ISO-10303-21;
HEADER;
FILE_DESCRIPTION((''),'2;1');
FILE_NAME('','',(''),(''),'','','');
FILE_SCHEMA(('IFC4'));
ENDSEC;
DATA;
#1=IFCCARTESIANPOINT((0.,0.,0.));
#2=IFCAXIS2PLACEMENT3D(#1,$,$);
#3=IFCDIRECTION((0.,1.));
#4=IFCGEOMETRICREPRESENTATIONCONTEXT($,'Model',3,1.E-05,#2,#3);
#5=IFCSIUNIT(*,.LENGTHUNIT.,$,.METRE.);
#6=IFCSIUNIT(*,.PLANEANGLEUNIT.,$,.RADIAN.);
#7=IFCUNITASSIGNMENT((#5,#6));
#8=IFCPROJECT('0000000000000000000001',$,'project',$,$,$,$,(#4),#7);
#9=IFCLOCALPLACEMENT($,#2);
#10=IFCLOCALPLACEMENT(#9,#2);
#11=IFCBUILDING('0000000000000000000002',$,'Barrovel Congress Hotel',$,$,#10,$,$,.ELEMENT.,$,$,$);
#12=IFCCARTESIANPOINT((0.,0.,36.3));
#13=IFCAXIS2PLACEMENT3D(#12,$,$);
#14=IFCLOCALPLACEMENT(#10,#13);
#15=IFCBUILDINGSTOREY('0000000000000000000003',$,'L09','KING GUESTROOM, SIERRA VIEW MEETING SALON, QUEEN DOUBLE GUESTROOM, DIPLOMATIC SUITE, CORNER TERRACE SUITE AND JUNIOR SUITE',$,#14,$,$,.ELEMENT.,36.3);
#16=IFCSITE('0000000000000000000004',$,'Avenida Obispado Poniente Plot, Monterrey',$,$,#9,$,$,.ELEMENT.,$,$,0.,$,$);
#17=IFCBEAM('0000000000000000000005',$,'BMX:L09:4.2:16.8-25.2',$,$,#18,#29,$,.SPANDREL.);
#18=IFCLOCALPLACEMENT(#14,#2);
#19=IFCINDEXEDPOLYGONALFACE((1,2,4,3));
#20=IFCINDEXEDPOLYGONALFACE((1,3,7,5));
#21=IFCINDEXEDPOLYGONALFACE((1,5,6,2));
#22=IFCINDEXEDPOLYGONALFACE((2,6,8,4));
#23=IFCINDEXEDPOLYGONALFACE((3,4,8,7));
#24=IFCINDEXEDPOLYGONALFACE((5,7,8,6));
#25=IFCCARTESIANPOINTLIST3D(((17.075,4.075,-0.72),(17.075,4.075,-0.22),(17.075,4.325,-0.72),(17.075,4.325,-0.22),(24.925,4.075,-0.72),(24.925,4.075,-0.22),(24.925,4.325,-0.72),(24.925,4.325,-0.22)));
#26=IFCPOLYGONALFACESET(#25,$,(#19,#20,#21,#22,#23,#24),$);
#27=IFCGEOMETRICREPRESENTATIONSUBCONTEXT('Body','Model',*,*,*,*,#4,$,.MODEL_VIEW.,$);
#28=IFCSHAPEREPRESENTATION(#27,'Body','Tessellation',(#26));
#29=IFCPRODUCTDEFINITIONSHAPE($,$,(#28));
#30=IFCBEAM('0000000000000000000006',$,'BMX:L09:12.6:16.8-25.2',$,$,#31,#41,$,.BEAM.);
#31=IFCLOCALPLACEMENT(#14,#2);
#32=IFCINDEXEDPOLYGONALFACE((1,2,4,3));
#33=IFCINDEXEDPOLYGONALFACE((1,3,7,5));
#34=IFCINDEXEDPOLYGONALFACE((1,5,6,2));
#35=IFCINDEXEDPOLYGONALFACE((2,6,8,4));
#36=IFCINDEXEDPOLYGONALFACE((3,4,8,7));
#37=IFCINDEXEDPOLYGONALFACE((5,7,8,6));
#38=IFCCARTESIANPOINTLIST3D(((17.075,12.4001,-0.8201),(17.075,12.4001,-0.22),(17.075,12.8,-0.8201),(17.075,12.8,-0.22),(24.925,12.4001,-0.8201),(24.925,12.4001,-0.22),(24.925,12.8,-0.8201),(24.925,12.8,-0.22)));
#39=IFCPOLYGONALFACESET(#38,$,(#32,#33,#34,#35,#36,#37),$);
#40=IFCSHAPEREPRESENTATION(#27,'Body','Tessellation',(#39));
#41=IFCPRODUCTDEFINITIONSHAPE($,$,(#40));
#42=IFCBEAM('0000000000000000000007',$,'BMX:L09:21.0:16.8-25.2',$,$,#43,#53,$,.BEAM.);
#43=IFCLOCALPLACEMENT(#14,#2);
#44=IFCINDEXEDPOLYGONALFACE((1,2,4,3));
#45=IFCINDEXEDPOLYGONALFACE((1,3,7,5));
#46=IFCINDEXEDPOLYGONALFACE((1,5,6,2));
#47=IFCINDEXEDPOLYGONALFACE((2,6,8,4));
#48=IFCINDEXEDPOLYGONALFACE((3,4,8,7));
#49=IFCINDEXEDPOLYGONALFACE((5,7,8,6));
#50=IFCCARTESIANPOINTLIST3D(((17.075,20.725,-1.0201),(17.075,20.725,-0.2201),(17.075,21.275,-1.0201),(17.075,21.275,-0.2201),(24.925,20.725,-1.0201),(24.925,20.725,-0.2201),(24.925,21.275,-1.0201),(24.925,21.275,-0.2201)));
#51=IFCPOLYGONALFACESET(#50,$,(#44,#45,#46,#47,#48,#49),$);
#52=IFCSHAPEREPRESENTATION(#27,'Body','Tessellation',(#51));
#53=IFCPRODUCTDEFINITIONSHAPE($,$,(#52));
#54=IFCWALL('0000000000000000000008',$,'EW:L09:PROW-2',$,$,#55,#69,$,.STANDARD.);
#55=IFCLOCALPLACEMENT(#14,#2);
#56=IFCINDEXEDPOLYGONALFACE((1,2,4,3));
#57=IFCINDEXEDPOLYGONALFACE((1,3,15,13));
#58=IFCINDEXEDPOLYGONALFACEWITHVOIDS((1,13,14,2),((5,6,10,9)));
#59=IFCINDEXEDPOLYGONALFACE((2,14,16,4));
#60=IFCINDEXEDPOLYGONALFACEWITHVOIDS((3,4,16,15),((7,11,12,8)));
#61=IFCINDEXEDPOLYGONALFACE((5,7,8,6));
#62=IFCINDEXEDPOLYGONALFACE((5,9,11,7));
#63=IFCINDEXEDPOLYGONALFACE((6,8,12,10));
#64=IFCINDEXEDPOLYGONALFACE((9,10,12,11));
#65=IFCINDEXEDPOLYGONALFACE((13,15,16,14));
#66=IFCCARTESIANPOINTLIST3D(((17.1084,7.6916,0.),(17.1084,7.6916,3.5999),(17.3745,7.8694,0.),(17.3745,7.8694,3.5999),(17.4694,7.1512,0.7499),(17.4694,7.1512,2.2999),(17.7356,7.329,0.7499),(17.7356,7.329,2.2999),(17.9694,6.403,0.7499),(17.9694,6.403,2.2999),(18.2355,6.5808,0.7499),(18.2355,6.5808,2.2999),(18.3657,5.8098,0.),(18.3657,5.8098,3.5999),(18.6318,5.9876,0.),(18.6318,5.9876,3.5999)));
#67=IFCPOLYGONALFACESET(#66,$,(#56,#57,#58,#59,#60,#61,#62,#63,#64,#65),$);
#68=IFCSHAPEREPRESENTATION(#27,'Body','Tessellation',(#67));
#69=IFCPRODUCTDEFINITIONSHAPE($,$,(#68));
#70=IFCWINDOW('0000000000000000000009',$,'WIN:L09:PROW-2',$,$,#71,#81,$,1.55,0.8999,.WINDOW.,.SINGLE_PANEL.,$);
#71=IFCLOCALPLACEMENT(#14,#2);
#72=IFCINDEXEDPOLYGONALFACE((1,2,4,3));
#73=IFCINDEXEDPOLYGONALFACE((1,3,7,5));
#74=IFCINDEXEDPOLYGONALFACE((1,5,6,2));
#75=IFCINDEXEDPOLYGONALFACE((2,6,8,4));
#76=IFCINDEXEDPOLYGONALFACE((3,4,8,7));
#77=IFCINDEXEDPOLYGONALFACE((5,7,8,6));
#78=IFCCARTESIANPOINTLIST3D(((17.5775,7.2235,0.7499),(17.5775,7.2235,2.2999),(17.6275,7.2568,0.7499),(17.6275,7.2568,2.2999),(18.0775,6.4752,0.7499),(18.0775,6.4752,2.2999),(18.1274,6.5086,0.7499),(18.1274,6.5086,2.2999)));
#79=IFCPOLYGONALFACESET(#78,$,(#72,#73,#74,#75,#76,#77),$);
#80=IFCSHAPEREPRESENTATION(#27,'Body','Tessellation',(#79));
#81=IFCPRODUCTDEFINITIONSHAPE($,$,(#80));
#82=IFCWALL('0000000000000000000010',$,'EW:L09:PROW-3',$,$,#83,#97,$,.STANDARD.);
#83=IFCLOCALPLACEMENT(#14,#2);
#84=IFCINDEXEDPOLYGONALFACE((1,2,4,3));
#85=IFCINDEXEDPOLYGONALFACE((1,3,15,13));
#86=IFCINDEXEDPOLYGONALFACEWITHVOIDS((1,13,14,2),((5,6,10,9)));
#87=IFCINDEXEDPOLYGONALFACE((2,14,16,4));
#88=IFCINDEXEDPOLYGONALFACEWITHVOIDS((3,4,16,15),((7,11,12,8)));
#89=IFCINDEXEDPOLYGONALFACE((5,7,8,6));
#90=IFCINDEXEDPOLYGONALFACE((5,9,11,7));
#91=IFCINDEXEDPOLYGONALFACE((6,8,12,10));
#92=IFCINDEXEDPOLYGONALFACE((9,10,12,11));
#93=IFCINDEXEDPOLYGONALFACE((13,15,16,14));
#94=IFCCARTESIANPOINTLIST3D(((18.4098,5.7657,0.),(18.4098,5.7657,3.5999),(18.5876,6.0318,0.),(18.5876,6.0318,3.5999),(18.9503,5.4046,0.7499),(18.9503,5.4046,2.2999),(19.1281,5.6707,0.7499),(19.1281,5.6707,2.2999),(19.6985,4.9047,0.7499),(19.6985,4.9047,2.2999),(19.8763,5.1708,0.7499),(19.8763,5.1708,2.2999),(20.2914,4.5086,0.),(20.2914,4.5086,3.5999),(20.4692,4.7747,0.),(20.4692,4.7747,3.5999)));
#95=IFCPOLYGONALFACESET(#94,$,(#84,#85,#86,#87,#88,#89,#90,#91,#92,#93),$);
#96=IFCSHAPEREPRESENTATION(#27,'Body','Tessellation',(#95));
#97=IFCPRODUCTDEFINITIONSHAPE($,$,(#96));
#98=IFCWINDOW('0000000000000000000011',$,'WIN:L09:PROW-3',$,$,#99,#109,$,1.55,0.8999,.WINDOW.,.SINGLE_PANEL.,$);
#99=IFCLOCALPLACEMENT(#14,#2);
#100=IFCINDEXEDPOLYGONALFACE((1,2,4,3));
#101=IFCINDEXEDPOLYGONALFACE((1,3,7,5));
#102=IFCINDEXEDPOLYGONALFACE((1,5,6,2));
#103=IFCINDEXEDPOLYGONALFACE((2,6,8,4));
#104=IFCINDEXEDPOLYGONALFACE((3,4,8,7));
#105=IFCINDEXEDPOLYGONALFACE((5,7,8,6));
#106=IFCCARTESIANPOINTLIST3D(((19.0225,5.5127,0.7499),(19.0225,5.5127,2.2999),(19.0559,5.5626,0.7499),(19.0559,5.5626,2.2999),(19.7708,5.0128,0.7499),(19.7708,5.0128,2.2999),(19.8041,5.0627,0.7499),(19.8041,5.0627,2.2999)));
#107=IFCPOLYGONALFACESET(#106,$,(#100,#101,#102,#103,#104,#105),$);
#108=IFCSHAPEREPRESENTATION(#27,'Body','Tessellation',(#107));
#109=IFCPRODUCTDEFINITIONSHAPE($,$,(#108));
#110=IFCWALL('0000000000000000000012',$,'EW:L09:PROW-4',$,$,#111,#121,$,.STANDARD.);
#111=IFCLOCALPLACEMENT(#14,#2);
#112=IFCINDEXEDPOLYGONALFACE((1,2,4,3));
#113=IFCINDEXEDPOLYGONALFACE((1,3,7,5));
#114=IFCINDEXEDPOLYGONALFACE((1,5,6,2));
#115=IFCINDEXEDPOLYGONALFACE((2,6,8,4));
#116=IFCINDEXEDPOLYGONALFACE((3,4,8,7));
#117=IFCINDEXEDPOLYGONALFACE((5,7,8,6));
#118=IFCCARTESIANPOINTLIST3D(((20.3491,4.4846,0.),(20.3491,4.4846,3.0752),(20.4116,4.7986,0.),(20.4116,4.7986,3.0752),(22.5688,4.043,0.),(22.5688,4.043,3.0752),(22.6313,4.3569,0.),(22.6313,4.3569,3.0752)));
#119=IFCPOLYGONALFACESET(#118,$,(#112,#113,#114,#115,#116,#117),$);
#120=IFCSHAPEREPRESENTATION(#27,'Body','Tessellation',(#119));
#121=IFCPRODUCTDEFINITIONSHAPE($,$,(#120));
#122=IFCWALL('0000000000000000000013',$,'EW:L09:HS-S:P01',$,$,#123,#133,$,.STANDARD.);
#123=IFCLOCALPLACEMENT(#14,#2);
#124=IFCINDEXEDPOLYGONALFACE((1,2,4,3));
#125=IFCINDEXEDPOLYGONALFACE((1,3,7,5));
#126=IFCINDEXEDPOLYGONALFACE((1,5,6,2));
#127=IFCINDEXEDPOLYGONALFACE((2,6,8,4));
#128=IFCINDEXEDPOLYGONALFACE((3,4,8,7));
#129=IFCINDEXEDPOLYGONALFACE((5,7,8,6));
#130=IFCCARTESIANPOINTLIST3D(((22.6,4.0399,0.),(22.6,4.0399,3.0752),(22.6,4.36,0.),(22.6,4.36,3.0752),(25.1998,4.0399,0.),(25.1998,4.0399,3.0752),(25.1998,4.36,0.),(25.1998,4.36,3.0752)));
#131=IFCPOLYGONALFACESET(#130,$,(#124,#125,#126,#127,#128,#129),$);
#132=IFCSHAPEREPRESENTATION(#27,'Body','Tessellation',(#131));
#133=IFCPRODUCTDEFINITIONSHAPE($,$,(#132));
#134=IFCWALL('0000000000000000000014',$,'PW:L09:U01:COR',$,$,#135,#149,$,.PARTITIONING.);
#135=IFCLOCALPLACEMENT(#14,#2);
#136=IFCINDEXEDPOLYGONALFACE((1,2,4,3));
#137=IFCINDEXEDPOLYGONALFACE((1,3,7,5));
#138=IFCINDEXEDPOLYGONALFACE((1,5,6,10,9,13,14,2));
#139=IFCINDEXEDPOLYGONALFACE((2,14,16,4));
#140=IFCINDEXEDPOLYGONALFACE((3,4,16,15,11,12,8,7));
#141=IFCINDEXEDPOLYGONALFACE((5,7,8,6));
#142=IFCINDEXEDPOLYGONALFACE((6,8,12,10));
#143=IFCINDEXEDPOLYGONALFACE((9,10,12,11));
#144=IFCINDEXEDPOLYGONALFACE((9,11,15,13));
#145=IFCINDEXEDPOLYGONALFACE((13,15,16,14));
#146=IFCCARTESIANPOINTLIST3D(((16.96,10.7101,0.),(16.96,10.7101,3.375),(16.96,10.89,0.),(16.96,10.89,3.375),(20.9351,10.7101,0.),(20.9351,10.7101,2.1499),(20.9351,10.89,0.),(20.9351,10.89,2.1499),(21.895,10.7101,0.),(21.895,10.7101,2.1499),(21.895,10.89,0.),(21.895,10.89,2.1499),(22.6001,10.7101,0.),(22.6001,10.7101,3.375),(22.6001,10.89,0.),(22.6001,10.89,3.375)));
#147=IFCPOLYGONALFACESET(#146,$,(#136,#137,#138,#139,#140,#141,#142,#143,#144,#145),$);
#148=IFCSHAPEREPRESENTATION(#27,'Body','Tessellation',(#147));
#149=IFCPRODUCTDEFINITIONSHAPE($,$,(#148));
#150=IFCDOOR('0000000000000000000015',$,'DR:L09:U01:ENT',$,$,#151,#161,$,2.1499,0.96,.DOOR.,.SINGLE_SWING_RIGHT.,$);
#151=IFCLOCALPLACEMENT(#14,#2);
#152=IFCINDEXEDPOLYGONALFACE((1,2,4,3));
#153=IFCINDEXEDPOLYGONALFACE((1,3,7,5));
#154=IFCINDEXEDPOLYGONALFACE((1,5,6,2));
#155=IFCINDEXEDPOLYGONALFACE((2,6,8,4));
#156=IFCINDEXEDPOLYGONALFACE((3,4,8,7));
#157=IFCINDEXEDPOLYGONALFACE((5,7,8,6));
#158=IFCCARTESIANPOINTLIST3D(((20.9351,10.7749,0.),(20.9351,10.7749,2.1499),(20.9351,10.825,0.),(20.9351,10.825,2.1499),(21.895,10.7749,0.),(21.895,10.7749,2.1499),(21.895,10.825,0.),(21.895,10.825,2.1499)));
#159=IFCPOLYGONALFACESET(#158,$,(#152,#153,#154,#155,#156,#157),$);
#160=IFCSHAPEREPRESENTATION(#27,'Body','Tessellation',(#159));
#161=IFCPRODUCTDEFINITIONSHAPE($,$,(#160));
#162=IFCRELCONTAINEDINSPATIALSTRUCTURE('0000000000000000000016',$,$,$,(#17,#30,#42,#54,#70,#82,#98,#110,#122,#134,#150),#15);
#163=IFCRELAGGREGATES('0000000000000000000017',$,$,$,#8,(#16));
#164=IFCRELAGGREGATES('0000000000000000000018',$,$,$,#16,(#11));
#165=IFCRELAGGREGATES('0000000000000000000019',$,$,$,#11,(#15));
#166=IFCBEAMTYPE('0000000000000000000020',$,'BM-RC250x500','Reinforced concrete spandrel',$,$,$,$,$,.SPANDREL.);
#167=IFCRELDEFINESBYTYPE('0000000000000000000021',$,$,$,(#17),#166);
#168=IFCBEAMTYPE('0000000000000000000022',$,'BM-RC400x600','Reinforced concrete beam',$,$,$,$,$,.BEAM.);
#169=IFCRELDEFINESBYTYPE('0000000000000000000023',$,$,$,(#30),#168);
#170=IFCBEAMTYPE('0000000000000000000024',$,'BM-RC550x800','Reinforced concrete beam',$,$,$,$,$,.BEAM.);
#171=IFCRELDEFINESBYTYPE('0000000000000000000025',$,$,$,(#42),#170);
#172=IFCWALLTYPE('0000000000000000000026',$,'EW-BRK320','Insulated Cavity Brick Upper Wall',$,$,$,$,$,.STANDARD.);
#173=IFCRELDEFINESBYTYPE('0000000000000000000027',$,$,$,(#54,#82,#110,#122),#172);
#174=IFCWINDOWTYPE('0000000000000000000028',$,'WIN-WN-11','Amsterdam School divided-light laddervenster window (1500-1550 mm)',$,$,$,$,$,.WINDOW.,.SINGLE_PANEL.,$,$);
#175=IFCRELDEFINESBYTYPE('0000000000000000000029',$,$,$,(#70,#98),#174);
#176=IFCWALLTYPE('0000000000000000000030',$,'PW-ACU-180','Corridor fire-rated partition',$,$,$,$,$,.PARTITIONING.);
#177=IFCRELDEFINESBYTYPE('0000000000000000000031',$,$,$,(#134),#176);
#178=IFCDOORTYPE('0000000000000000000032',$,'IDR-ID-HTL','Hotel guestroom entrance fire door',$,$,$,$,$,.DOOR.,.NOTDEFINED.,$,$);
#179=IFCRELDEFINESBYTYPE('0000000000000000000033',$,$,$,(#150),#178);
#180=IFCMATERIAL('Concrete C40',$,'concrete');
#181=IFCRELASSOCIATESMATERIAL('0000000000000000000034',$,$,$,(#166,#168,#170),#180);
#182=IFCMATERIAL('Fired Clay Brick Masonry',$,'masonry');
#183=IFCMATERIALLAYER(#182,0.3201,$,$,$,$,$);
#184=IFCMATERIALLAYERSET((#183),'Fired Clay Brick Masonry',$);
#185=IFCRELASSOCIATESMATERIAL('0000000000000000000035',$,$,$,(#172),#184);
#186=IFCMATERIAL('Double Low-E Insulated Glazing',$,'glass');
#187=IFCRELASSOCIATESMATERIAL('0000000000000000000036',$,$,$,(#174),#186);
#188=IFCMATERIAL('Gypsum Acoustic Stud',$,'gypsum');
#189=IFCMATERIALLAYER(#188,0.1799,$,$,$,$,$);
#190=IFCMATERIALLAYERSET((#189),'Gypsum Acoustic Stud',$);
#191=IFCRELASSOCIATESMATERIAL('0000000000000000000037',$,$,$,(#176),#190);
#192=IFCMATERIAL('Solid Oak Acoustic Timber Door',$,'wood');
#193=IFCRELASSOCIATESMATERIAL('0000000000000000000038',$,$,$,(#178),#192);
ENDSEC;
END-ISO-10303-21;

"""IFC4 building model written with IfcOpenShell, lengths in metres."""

from ifc_helpers import new_model, si_unit, direction, frame, frame_2d, origin, origin_2d, place, context, subcontext, project, spatial, rectangle, extrude, material, layer, layer_set, material_profile, profile_set, type_object, element, fill, save


model = new_model("IFC4")

# Units and contexts
model_context = context("Model", 3, precision=1e-05, world=origin(), true_north=direction((0.0, 1.0)))
body_context = subcontext(model_context, "Body", "Model", "MODEL_VIEW")
ifc_project = project(units=[si_unit("LENGTHUNIT", "METRE"), si_unit("PLANEANGLEUNIT", "RADIAN")], contexts=[model_context])

# Site, building, storey
site_placement = place(None, origin())
site = spatial("IfcSite", under=ifc_project, at=site_placement, Name="Avenida Obispado Poniente Plot, Monterrey", CompositionType="ELEMENT", RefElevation=0.0)
building_placement = place(site_placement, origin())
building = spatial("IfcBuilding", under=site, at=building_placement, Name="Barrovel Congress Hotel", CompositionType="ELEMENT")
storey_placement = place(building_placement, frame((0.0, 0.0, 36.3)))
storey = spatial("IfcBuildingStorey", under=building, at=storey_placement, Name="L09", Description="KING GUESTROOM, SIERRA VIEW MEETING SALON, QUEEN DOUBLE GUESTROOM, DIPLOMATIC SUITE, CORNER TERRACE SUITE AND JUNIOR SUITE", CompositionType="ELEMENT", Elevation=36.3)

# Beams
ifc_material_1 = material(Name="Concrete C40", Category="concrete")
ifc_material_profile_1 = material_profile(ifc_material_1, rectangle(XDim=0.25, YDim=0.5, at=origin_2d()), Name="RC250x500")
ifc_profile_set_1 = profile_set([ifc_material_profile_1], Name="Concrete C40")
beam_type_1 = type_object("IfcBeamType", Name="BM-RC250x500", Description="Reinforced concrete spandrel", PredefinedType="SPANDREL", material=ifc_profile_set_1)
beam_1_placement = place(storey_placement, frame((17.075, 4.2, -0.47), z_axis=(1.0, 0.0, 0.0), x_axis=(0.0, 1.0, 0.0)))
element("IfcBeam", 1, at=beam_1_placement, inside=storey, type_object=beam_type_1, Name="BMX:L09:4.2:16.8-25.2", PredefinedType="SPANDREL", context=body_context, shape_type="SweptSolid", body=[
    extrude(rectangle(XDim=0.25, YDim=0.5, at=origin_2d()), origin(), (0.0, 0.0, 1.0), 7.8501),
])
ifc_material_profile_2 = material_profile(ifc_material_1, rectangle(XDim=0.3999, YDim=0.6001, at=origin_2d()), Name="RC400x600")
ifc_profile_set_2 = profile_set([ifc_material_profile_2], Name="Concrete C40")
beam_type_2 = type_object("IfcBeamType", Name="BM-RC400x600", Description="Reinforced concrete beam", PredefinedType="BEAM", material=ifc_profile_set_2)
beam_2_placement = place(storey_placement, frame((17.075, 12.6001, -0.52), z_axis=(1.0, 0.0, 0.0), x_axis=(0.0, 1.0, 0.0)))
element("IfcBeam", 2, at=beam_2_placement, inside=storey, type_object=beam_type_2, Name="BMX:L09:12.6:16.8-25.2", PredefinedType="BEAM", context=body_context, shape_type="SweptSolid", body=[
    extrude(rectangle(XDim=0.3999, YDim=0.6001, at=origin_2d()), origin(), (0.0, 0.0, 1.0), 7.8501),
])
ifc_material_profile_3 = material_profile(ifc_material_1, rectangle(XDim=0.55, YDim=0.8, at=origin_2d()), Name="RC550x800")
ifc_profile_set_3 = profile_set([ifc_material_profile_3], Name="Concrete C40")
beam_type_3 = type_object("IfcBeamType", Name="BM-RC550x800", Description="Reinforced concrete beam", PredefinedType="BEAM", material=ifc_profile_set_3)
beam_3_placement = place(storey_placement, frame((17.075, 21.0, -0.6201), z_axis=(1.0, 0.0, 0.0), x_axis=(0.0, 1.0, 0.0)))
element("IfcBeam", 3, at=beam_3_placement, inside=storey, type_object=beam_type_3, Name="BMX:L09:21.0:16.8-25.2", PredefinedType="BEAM", context=body_context, shape_type="SweptSolid", body=[
    extrude(rectangle(XDim=0.55, YDim=0.8, at=origin_2d()), origin(), (0.0, 0.0, 1.0), 7.8501),
])

# Walls, openings, windows
ifc_material_2 = material(Name="Fired Clay Brick Masonry", Category="masonry")
ifc_layer_1 = layer(ifc_material_2, 0.3201)
ifc_layer_set_1 = layer_set([ifc_layer_1], Name="Fired Clay Brick Masonry")
wall_type_1 = type_object("IfcWallType", Name="EW-BRK320", Description="Insulated Cavity Brick Upper Wall", PredefinedType="STANDARD", material=ifc_layer_set_1)
wall_1_placement = place(storey_placement, frame((17.2415, 7.7805, 0.0), z_axis=(0.0, 0.0, 1.0), x_axis=(0.555546, -0.831486, 0.0)))
wall_1 = element("IfcWall", 4, at=wall_1_placement, inside=storey, type_object=wall_type_1, Name="EW:L09:PROW-2", PredefinedType="STANDARD", context=body_context, shape_type="SweptSolid", body=[
    extrude(rectangle(XDim=2.2632, YDim=0.3201, at=frame_2d((1.1316, 0.0))), origin(), (0.0, 0.0, 1.0), 3.5999),
])
opening_1_placement = place(wall_1_placement, frame((0.6499, 0.0, 0.75)))
opening_1 = element("IfcOpeningElement", 5, at=opening_1_placement, cuts=wall_1, PredefinedType="OPENING", context=body_context, shape_type="SweptSolid", body=[
    extrude(rectangle(XDim=0.8999, YDim=1.55, at=frame_2d((0.45, 0.7749))), frame((0.0, 0.1699, 0.0), z_axis=(0.0, -1.0, 0.0), x_axis=(1.0, 0.0, 0.0)), (0.0, 0.0, 1.0), 0.3401),
])
ifc_material_3 = material(Name="Double Low-E Insulated Glazing", Category="glass")
window_type = type_object("IfcWindowType", Name="WIN-WN-11", Description="Amsterdam School divided-light laddervenster window (1500-1550 mm)", PartitioningType="SINGLE_PANEL", PredefinedType="WINDOW", material=ifc_material_3)
window_1_placement = place(opening_1_placement, origin())
window_1 = element("IfcWindow", 6, at=window_1_placement, inside=storey, type_object=window_type, Name="WIN:L09:PROW-2", OverallHeight=1.55, OverallWidth=0.8999, PartitioningType="SINGLE_PANEL", PredefinedType="WINDOW", context=body_context, shape_type="SweptSolid", body=[
    extrude(rectangle(XDim=0.8999, YDim=1.55, at=frame_2d((0.45, 0.7749))), frame((0.0, 0.03, 0.0), z_axis=(0.0, -1.0, 0.0), x_axis=(1.0, 0.0, 0.0)), (0.0, 0.0, 1.0), 0.0601),
])
fill(opening_1, window_1)
wall_2_placement = place(storey_placement, frame((18.4988, 5.8987, 0.0), z_axis=(0.0, 0.0, 1.0), x_axis=(0.831502, -0.555522, 0.0)))
wall_2 = element("IfcWall", 7, at=wall_2_placement, inside=storey, type_object=wall_type_1, Name="EW:L09:PROW-3", PredefinedType="STANDARD", context=body_context, shape_type="SweptSolid", body=[
    extrude(rectangle(XDim=2.2629, YDim=0.3201, at=frame_2d((1.1313, 0.0))), origin(), (0.0, 0.0, 1.0), 3.5999),
])
opening_2_placement = place(wall_2_placement, frame((0.6499, 0.0, 0.75)))
opening_2 = element("IfcOpeningElement", 8, at=opening_2_placement, cuts=wall_2, PredefinedType="OPENING", context=body_context, shape_type="SweptSolid", body=[
    extrude(rectangle(XDim=0.8999, YDim=1.55, at=frame_2d((0.45, 0.7749))), frame((0.0, 0.1699, 0.0), z_axis=(0.0, -1.0, 0.0), x_axis=(1.0, 0.0, 0.0)), (0.0, 0.0, 1.0), 0.3401),
])
window_2_placement = place(opening_2_placement, origin())
window_2 = element("IfcWindow", 9, at=window_2_placement, inside=storey, type_object=window_type, Name="WIN:L09:PROW-3", OverallHeight=1.55, OverallWidth=0.8999, PartitioningType="SINGLE_PANEL", PredefinedType="WINDOW", context=body_context, shape_type="SweptSolid", body=[
    extrude(rectangle(XDim=0.8999, YDim=1.55, at=frame_2d((0.45, 0.7749))), frame((0.0, 0.03, 0.0), z_axis=(0.0, -1.0, 0.0), x_axis=(1.0, 0.0, 0.0)), (0.0, 0.0, 1.0), 0.0601),
])
fill(opening_2, window_2)

# Walls
wall_3_placement = place(storey_placement, frame((20.3804, 4.6416, 0.0), z_axis=(0.0, 0.0, 1.0), x_axis=(0.980775, -0.195141, 0.0)))
element("IfcWall", 10, at=wall_3_placement, inside=storey, type_object=wall_type_1, Name="EW:L09:PROW-4", PredefinedType="STANDARD", context=body_context, shape_type="SweptSolid", body=[
    extrude(rectangle(XDim=2.2632, YDim=0.3201, at=frame_2d((1.1316, 0.0))), origin(), (0.0, 0.0, 1.0), 3.0752),
])
wall_4_placement = place(storey_placement, frame((22.6001, 4.2, 0.0), z_axis=(0.0, 0.0, 1.0), x_axis=(1.0, 0.0, 0.0)))
element("IfcWall", 11, at=wall_4_placement, inside=storey, type_object=wall_type_1, Name="EW:L09:HS-S:P01", PredefinedType="STANDARD", context=body_context, shape_type="SweptSolid", body=[
    extrude(rectangle(XDim=2.5999, YDim=0.3201, at=frame_2d((1.2998, 0.0))), origin(), (0.0, 0.0, 1.0), 3.0752),
])

# Wall, opening, door
ifc_material_4 = material(Name="Gypsum Acoustic Stud", Category="gypsum")
ifc_layer_2 = layer(ifc_material_4, 0.1799)
ifc_layer_set_2 = layer_set([ifc_layer_2], Name="Gypsum Acoustic Stud")
wall_type_2 = type_object("IfcWallType", Name="PW-ACU-180", Description="Corridor fire-rated partition", PredefinedType="PARTITIONING", material=ifc_layer_set_2)
wall_5_placement = place(storey_placement, frame((16.96, 10.8, 0.0), z_axis=(0.0, 0.0, 1.0), x_axis=(1.0, 0.0, 0.0)))
wall_5 = element("IfcWall", 12, at=wall_5_placement, inside=storey, type_object=wall_type_2, Name="PW:L09:U01:COR", PredefinedType="PARTITIONING", context=body_context, shape_type="SweptSolid", body=[
    extrude(rectangle(XDim=5.6401, YDim=0.1799, at=frame_2d((2.8201, 0.0))), origin(), (0.0, 0.0, 1.0), 3.375),
])
opening_3_placement = place(wall_5_placement, frame((3.9751, 0.0, 0.0)))
opening_3 = element("IfcOpeningElement", 13, at=opening_3_placement, cuts=wall_5, PredefinedType="OPENING", context=body_context, shape_type="SweptSolid", body=[
    extrude(rectangle(XDim=0.96, YDim=2.1499, at=frame_2d((0.48, 1.075))), frame((0.0, 0.1001, 0.0), z_axis=(0.0, -1.0, 0.0), x_axis=(1.0, 0.0, 0.0)), (0.0, 0.0, 1.0), 0.2),
])
ifc_material_5 = material(Name="Solid Oak Acoustic Timber Door", Category="wood")
door_type_1 = type_object("IfcDoorType", Name="IDR-ID-HTL", Description="Hotel guestroom entrance fire door", OperationType="NOTDEFINED", PredefinedType="DOOR", material=ifc_material_5)
door_1_placement = place(opening_3_placement, origin())
door_1 = element("IfcDoor", 14, at=door_1_placement, inside=storey, type_object=door_type_1, Name="DR:L09:U01:ENT", OperationType="SINGLE_SWING_RIGHT", OverallHeight=2.1499, OverallWidth=0.96, PredefinedType="DOOR", context=body_context, shape_type="SweptSolid", body=[
    extrude(rectangle(XDim=0.96, YDim=2.1499, at=frame_2d((0.48, 1.075))), frame((0.0, 0.0249, 0.0), z_axis=(0.0, -1.0, 0.0), x_axis=(1.0, 0.0, 0.0)), (0.0, 0.0, 1.0), 0.05),
])
fill(opening_3, door_1)

save(model, "model.ifc")
